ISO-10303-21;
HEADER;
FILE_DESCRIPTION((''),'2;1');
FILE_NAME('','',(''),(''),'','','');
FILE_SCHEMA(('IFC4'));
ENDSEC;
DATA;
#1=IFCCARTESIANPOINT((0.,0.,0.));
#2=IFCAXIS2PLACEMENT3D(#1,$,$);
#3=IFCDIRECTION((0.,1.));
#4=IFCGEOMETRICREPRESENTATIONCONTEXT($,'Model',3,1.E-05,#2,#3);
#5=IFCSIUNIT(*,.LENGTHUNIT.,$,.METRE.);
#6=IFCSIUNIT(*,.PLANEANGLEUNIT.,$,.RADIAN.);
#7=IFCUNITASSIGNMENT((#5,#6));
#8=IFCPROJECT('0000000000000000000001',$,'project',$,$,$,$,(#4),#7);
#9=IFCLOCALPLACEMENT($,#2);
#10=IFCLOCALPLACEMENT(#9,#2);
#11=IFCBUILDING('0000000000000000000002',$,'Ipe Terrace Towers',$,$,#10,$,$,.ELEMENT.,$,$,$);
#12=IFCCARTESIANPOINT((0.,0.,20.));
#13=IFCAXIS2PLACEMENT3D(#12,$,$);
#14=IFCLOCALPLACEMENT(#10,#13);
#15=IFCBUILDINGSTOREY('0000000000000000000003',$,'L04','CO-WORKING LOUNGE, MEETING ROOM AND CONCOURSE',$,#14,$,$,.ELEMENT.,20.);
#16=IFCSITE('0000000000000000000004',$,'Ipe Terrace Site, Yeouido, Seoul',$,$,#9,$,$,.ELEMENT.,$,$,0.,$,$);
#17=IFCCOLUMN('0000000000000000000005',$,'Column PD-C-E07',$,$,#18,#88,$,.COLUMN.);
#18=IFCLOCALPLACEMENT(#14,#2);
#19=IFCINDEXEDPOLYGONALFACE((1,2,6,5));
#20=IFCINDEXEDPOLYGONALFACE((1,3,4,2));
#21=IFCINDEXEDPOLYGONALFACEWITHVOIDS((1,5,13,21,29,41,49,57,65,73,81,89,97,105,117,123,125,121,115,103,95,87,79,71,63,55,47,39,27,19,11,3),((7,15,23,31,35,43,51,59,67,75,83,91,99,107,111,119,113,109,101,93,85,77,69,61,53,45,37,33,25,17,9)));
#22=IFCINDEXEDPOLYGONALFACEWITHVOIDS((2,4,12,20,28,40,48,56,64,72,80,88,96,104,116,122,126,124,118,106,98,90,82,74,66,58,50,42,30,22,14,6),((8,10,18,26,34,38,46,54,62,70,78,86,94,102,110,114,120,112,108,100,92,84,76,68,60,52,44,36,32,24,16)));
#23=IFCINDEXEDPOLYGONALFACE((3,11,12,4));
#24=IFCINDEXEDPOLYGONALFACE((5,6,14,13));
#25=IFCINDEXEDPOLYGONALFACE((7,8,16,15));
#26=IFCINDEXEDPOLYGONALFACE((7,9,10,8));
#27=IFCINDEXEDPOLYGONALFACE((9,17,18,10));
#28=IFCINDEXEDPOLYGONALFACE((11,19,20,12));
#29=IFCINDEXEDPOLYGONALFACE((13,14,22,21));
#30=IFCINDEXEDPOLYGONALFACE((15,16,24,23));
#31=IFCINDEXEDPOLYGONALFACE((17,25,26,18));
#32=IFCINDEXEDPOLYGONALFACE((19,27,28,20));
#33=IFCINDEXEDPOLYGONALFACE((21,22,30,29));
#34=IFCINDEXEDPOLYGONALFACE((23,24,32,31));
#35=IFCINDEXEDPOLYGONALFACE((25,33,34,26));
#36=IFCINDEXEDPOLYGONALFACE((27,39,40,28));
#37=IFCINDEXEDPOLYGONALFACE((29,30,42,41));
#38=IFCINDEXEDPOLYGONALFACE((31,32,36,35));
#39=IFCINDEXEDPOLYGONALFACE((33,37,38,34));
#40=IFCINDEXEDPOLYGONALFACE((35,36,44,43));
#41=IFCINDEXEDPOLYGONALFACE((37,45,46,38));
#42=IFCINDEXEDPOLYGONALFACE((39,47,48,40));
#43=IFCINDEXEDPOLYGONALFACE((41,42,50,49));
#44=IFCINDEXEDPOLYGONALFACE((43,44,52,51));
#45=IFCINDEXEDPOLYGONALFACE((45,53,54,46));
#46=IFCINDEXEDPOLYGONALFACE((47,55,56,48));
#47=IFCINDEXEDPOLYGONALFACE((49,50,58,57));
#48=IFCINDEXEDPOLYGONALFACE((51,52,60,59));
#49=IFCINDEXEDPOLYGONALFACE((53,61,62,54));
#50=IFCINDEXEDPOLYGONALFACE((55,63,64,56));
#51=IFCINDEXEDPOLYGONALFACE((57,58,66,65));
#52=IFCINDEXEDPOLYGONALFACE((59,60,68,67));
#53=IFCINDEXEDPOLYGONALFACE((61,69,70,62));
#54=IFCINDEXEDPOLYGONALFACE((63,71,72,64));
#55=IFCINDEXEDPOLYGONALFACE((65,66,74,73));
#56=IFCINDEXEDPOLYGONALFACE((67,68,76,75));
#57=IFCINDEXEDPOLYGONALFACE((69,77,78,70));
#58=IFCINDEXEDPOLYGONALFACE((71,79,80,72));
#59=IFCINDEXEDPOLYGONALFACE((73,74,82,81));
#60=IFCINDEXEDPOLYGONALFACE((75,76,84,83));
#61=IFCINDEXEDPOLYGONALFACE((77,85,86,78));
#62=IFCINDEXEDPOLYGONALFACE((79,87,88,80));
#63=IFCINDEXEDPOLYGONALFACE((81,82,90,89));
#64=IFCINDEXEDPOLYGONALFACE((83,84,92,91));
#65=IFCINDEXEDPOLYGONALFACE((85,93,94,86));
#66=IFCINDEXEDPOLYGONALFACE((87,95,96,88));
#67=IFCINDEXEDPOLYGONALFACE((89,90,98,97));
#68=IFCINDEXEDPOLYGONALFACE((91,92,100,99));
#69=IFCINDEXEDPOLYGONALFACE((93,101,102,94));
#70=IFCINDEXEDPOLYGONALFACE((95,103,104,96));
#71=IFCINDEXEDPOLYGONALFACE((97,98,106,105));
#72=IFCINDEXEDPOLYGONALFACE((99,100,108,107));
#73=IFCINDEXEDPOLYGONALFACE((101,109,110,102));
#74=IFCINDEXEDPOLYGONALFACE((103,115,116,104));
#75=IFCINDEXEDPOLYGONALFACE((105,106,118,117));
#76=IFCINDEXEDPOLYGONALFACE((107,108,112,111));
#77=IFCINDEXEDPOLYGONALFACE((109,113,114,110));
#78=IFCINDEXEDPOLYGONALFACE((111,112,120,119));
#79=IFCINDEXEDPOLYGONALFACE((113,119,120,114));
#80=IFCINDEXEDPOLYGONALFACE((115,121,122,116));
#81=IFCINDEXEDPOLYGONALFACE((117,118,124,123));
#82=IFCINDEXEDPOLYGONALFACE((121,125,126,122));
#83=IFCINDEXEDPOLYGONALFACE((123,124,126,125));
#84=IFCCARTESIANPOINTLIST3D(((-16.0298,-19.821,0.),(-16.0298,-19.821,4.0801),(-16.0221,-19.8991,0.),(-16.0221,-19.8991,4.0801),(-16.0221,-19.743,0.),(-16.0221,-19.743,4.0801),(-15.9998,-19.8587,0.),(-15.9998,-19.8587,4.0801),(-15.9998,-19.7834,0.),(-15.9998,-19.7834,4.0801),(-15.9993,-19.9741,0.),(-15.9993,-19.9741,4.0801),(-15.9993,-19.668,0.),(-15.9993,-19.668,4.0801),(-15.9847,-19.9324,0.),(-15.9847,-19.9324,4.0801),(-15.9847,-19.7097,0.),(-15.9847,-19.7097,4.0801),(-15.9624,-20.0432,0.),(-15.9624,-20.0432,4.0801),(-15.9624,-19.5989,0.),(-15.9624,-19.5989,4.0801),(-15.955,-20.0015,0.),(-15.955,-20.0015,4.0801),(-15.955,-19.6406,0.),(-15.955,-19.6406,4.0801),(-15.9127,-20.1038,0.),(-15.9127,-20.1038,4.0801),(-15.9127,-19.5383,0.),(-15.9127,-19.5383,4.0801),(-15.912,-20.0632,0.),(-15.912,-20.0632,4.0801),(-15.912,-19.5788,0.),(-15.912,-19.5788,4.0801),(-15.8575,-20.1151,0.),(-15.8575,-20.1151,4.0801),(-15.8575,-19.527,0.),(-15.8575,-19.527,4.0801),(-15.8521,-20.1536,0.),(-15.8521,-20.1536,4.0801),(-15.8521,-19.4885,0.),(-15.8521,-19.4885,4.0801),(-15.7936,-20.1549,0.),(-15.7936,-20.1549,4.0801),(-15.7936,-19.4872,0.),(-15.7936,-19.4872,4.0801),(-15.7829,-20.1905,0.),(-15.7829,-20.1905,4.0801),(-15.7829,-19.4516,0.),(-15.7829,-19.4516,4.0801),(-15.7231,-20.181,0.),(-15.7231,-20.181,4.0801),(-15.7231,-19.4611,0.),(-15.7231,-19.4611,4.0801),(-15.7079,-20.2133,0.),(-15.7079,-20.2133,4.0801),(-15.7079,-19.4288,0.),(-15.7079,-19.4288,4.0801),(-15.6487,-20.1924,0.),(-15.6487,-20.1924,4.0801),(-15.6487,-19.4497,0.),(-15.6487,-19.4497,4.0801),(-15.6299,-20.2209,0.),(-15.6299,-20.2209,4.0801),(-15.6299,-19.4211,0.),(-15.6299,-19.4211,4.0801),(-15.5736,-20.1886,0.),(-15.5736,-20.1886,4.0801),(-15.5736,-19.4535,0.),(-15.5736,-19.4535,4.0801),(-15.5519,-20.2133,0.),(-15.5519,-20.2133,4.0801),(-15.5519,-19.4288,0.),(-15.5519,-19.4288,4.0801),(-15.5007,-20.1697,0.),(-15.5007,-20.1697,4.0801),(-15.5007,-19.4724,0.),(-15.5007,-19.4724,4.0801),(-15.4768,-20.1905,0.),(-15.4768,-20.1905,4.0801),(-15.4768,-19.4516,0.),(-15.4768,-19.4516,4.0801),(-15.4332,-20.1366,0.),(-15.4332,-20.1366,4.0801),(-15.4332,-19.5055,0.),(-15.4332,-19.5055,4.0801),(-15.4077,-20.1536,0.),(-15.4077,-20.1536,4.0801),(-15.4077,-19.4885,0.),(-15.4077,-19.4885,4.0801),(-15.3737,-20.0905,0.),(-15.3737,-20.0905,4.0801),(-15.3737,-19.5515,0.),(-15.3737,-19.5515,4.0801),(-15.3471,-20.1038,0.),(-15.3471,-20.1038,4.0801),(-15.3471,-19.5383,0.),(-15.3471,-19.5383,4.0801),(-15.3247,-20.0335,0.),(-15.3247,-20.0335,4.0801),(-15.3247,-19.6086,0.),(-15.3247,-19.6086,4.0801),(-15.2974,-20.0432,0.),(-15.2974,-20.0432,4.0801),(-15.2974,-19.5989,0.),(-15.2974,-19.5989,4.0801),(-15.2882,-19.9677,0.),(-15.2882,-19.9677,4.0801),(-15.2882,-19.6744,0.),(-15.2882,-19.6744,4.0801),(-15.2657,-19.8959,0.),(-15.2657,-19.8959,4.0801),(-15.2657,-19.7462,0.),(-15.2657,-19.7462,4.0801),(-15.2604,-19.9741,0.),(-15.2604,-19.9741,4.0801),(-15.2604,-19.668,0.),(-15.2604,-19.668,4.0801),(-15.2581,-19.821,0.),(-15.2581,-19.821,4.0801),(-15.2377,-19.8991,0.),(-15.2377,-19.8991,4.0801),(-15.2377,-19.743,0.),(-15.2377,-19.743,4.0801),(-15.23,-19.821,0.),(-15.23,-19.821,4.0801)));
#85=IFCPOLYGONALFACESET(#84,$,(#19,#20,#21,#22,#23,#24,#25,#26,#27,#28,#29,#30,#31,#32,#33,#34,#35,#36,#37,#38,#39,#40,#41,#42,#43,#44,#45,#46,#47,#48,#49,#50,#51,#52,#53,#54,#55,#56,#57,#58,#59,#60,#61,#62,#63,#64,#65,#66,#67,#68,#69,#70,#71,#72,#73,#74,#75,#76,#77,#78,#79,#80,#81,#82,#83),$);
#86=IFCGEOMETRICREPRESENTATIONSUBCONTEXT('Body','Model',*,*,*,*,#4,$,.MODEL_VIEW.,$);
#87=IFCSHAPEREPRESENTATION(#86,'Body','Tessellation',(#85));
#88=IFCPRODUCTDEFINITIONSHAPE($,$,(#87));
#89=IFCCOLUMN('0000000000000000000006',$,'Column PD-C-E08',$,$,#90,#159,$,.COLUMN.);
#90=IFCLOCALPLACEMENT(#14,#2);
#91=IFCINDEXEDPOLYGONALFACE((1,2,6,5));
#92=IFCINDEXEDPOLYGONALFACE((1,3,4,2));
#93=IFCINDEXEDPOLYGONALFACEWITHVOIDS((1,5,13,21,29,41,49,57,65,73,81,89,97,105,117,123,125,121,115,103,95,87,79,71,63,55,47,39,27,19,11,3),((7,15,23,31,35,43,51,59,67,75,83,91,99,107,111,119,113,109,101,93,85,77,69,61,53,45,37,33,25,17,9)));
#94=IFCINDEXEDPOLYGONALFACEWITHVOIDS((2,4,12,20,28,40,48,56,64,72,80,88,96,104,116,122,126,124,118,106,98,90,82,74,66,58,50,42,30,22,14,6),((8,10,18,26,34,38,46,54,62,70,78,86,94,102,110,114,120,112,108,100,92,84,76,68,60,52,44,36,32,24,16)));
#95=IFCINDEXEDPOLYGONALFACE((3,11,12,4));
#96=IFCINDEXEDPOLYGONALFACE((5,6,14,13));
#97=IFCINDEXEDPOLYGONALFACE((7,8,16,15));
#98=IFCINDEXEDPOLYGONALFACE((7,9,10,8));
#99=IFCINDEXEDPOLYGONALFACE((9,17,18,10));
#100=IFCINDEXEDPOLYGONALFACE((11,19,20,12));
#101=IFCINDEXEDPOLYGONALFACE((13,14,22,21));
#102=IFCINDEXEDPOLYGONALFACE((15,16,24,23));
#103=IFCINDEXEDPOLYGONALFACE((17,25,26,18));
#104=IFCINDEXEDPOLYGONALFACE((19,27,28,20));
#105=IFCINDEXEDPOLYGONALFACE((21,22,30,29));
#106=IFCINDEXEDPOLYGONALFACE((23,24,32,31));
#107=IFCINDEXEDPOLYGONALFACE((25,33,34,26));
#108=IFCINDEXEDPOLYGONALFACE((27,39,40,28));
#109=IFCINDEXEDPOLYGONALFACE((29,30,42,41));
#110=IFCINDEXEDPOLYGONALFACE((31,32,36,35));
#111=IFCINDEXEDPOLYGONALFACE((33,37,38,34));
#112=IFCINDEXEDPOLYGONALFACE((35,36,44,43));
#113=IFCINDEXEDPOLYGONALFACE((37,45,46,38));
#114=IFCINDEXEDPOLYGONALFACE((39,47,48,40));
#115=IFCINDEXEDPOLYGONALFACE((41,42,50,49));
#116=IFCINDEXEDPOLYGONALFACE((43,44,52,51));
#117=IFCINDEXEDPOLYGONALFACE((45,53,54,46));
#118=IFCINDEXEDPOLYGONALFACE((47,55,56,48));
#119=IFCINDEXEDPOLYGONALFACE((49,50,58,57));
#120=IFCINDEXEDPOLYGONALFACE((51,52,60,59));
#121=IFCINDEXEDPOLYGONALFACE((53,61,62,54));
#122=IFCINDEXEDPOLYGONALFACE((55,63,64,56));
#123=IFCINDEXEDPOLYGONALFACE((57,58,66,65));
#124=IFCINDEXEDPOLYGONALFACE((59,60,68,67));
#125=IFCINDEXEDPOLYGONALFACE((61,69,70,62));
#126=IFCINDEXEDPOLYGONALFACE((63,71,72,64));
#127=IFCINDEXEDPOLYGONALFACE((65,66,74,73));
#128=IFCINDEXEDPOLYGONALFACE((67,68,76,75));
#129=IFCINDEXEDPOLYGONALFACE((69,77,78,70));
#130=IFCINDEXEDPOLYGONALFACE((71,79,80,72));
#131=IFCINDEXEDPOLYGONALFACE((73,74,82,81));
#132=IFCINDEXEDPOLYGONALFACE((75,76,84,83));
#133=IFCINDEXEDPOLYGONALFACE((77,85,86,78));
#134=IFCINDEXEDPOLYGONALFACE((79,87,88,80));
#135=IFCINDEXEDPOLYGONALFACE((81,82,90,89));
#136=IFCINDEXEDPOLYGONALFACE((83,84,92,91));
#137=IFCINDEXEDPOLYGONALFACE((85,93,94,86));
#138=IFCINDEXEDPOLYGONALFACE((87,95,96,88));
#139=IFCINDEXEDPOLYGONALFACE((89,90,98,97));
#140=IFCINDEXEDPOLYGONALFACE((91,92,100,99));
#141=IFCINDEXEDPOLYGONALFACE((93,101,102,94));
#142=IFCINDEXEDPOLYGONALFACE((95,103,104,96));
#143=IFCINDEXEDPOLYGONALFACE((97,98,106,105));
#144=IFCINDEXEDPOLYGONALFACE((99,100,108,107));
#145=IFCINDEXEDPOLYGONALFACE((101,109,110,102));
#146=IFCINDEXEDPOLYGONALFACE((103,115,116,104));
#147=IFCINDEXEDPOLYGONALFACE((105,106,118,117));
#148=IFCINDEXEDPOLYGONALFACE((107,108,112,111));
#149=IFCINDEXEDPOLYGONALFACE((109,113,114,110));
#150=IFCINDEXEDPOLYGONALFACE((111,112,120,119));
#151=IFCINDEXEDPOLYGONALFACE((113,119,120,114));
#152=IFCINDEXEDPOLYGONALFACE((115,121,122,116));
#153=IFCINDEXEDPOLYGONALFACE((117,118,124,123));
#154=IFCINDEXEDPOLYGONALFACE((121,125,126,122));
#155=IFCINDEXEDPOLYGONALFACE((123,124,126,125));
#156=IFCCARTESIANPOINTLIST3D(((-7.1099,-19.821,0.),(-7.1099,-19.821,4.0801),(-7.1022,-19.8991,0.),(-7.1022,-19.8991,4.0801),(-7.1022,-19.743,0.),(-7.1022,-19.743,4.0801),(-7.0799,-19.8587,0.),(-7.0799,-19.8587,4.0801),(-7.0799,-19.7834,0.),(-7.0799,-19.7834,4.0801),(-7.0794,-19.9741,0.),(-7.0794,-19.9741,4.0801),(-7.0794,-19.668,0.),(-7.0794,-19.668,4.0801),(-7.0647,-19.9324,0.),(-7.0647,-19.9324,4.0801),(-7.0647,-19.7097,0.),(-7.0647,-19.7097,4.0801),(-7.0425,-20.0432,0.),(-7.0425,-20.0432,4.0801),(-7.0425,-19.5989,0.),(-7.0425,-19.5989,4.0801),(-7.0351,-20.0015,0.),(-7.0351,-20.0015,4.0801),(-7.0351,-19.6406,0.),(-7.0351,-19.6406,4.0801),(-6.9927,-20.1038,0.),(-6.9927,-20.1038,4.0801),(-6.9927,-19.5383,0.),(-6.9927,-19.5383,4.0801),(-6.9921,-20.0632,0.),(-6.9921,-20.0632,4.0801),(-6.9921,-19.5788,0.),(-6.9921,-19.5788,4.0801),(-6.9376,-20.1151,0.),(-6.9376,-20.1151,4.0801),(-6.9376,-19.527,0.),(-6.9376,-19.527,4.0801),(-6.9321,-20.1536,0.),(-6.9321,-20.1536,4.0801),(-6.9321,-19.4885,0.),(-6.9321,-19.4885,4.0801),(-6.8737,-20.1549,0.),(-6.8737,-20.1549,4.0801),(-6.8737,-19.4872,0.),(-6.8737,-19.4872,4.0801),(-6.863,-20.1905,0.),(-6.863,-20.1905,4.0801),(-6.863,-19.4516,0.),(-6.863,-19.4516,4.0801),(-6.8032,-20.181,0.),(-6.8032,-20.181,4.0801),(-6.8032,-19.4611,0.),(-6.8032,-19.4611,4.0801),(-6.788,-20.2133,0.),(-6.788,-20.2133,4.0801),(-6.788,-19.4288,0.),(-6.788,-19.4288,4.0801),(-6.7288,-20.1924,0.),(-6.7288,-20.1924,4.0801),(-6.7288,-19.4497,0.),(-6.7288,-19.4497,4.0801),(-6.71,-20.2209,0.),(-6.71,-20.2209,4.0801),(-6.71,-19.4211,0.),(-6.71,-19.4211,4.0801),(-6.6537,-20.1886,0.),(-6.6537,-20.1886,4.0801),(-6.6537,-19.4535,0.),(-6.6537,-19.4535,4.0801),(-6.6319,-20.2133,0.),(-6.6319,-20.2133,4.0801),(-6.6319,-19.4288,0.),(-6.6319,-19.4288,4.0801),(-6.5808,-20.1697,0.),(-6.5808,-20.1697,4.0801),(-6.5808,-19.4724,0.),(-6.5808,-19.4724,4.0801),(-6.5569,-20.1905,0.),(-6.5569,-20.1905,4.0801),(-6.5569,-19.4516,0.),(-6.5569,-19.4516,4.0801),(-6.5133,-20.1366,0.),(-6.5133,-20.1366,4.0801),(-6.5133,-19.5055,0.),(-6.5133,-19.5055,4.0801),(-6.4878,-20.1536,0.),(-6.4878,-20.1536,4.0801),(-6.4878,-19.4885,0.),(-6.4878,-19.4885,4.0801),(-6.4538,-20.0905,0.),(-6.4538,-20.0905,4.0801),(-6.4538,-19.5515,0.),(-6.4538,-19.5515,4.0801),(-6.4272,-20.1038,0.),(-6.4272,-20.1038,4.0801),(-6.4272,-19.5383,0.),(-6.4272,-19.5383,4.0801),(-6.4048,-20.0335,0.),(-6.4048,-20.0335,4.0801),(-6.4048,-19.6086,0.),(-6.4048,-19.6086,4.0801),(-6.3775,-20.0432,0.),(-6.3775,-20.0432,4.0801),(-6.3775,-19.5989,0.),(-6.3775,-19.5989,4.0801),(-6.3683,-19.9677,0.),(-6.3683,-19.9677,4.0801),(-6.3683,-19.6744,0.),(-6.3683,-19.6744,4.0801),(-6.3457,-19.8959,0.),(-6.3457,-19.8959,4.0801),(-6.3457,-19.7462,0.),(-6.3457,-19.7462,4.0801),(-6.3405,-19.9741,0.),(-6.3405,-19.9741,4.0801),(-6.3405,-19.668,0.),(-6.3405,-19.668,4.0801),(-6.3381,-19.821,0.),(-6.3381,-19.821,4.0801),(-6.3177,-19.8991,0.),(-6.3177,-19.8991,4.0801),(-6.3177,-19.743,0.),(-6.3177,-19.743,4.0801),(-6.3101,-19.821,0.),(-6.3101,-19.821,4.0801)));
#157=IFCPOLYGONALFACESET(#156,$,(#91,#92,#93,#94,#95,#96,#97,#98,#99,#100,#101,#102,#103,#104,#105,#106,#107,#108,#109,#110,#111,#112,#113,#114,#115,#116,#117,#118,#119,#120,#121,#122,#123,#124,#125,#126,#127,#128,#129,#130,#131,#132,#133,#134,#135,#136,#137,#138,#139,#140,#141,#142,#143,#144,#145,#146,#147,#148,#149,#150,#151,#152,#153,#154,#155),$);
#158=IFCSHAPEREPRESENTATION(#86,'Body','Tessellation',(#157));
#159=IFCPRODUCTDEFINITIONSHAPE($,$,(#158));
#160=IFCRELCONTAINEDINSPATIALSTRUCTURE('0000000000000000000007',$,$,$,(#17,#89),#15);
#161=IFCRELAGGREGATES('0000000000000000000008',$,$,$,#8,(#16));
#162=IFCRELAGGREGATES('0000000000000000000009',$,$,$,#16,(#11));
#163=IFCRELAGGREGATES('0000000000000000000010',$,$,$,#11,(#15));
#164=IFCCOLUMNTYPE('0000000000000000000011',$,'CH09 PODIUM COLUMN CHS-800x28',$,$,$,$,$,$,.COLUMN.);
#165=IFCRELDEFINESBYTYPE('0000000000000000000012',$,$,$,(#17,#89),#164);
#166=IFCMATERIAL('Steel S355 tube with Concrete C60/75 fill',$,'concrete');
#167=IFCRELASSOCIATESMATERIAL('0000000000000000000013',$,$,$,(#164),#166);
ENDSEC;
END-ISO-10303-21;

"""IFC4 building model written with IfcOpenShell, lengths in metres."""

from ifc_helpers import new_model, si_unit, direction, frame, origin, origin_2d, place, context, subcontext, project, spatial, hollow_circle, extrude, material, material_profile, profile_set, type_object, element, save


model = new_model("IFC4")

# Units and contexts
model_context = context("Model", 3, precision=1e-05, world=origin(), true_north=direction((0.0, 1.0)))
body_context = subcontext(model_context, "Body", "Model", "MODEL_VIEW")
ifc_project = project(units=[si_unit("LENGTHUNIT", "METRE"), si_unit("PLANEANGLEUNIT", "RADIAN")], contexts=[model_context])

# Site, building, storey
site_placement = place(None, origin())
site = spatial("IfcSite", under=ifc_project, at=site_placement, Name="Ipe Terrace Site, Yeouido, Seoul", CompositionType="ELEMENT", RefElevation=0.0)
building_placement = place(site_placement, origin())
building = spatial("IfcBuilding", under=site, at=building_placement, Name="Ipe Terrace Towers", CompositionType="ELEMENT")
storey_placement = place(building_placement, frame((0.0, 0.0, 20.0)))
storey = spatial("IfcBuildingStorey", under=building, at=storey_placement, Name="L04", Description="CO-WORKING LOUNGE, MEETING ROOM AND CONCOURSE", CompositionType="ELEMENT", Elevation=20.0)

# Columns
ifc_material_1 = material(Name="Steel S355 tube with Concrete C60/75 fill", Category="concrete")
ifc_material_profile_1 = material_profile(ifc_material_1, hollow_circle(Radius=0.3999, WallThickness=0.0281, at=origin_2d()), Name="CHS-800x28")
ifc_profile_set_1 = profile_set([ifc_material_profile_1], Name="Steel S355 tube with Concrete C60/75 fill")
column_type_1 = type_object("IfcColumnType", Name="CH09 PODIUM COLUMN CHS-800x28", PredefinedType="COLUMN", material=ifc_profile_set_1)
for number, where, z_axis, x_axis, name in (
    (1, (-15.6299, -19.821, 0.0), (0.0, 0.0, 1.0), (1.0, 0.0, 0.0), "Column PD-C-E07"),
    (2, (-6.71, -19.821, 0.0), (0.0, 0.0, 1.0), (1.0, 0.0, 0.0), "Column PD-C-E08"),
):
    element("IfcColumn", number, at=place(storey_placement, frame(where, z_axis=z_axis, x_axis=x_axis)), inside=storey, type_object=column_type_1, Name=name, PredefinedType="COLUMN", context=body_context, shape_type="SweptSolid", body=[
        extrude(hollow_circle(Radius=0.3999, WallThickness=0.0281, at=origin_2d()), origin(), (0.0, 0.0, 1.0), 4.0801),
    ])

save(model, "model.ifc")
